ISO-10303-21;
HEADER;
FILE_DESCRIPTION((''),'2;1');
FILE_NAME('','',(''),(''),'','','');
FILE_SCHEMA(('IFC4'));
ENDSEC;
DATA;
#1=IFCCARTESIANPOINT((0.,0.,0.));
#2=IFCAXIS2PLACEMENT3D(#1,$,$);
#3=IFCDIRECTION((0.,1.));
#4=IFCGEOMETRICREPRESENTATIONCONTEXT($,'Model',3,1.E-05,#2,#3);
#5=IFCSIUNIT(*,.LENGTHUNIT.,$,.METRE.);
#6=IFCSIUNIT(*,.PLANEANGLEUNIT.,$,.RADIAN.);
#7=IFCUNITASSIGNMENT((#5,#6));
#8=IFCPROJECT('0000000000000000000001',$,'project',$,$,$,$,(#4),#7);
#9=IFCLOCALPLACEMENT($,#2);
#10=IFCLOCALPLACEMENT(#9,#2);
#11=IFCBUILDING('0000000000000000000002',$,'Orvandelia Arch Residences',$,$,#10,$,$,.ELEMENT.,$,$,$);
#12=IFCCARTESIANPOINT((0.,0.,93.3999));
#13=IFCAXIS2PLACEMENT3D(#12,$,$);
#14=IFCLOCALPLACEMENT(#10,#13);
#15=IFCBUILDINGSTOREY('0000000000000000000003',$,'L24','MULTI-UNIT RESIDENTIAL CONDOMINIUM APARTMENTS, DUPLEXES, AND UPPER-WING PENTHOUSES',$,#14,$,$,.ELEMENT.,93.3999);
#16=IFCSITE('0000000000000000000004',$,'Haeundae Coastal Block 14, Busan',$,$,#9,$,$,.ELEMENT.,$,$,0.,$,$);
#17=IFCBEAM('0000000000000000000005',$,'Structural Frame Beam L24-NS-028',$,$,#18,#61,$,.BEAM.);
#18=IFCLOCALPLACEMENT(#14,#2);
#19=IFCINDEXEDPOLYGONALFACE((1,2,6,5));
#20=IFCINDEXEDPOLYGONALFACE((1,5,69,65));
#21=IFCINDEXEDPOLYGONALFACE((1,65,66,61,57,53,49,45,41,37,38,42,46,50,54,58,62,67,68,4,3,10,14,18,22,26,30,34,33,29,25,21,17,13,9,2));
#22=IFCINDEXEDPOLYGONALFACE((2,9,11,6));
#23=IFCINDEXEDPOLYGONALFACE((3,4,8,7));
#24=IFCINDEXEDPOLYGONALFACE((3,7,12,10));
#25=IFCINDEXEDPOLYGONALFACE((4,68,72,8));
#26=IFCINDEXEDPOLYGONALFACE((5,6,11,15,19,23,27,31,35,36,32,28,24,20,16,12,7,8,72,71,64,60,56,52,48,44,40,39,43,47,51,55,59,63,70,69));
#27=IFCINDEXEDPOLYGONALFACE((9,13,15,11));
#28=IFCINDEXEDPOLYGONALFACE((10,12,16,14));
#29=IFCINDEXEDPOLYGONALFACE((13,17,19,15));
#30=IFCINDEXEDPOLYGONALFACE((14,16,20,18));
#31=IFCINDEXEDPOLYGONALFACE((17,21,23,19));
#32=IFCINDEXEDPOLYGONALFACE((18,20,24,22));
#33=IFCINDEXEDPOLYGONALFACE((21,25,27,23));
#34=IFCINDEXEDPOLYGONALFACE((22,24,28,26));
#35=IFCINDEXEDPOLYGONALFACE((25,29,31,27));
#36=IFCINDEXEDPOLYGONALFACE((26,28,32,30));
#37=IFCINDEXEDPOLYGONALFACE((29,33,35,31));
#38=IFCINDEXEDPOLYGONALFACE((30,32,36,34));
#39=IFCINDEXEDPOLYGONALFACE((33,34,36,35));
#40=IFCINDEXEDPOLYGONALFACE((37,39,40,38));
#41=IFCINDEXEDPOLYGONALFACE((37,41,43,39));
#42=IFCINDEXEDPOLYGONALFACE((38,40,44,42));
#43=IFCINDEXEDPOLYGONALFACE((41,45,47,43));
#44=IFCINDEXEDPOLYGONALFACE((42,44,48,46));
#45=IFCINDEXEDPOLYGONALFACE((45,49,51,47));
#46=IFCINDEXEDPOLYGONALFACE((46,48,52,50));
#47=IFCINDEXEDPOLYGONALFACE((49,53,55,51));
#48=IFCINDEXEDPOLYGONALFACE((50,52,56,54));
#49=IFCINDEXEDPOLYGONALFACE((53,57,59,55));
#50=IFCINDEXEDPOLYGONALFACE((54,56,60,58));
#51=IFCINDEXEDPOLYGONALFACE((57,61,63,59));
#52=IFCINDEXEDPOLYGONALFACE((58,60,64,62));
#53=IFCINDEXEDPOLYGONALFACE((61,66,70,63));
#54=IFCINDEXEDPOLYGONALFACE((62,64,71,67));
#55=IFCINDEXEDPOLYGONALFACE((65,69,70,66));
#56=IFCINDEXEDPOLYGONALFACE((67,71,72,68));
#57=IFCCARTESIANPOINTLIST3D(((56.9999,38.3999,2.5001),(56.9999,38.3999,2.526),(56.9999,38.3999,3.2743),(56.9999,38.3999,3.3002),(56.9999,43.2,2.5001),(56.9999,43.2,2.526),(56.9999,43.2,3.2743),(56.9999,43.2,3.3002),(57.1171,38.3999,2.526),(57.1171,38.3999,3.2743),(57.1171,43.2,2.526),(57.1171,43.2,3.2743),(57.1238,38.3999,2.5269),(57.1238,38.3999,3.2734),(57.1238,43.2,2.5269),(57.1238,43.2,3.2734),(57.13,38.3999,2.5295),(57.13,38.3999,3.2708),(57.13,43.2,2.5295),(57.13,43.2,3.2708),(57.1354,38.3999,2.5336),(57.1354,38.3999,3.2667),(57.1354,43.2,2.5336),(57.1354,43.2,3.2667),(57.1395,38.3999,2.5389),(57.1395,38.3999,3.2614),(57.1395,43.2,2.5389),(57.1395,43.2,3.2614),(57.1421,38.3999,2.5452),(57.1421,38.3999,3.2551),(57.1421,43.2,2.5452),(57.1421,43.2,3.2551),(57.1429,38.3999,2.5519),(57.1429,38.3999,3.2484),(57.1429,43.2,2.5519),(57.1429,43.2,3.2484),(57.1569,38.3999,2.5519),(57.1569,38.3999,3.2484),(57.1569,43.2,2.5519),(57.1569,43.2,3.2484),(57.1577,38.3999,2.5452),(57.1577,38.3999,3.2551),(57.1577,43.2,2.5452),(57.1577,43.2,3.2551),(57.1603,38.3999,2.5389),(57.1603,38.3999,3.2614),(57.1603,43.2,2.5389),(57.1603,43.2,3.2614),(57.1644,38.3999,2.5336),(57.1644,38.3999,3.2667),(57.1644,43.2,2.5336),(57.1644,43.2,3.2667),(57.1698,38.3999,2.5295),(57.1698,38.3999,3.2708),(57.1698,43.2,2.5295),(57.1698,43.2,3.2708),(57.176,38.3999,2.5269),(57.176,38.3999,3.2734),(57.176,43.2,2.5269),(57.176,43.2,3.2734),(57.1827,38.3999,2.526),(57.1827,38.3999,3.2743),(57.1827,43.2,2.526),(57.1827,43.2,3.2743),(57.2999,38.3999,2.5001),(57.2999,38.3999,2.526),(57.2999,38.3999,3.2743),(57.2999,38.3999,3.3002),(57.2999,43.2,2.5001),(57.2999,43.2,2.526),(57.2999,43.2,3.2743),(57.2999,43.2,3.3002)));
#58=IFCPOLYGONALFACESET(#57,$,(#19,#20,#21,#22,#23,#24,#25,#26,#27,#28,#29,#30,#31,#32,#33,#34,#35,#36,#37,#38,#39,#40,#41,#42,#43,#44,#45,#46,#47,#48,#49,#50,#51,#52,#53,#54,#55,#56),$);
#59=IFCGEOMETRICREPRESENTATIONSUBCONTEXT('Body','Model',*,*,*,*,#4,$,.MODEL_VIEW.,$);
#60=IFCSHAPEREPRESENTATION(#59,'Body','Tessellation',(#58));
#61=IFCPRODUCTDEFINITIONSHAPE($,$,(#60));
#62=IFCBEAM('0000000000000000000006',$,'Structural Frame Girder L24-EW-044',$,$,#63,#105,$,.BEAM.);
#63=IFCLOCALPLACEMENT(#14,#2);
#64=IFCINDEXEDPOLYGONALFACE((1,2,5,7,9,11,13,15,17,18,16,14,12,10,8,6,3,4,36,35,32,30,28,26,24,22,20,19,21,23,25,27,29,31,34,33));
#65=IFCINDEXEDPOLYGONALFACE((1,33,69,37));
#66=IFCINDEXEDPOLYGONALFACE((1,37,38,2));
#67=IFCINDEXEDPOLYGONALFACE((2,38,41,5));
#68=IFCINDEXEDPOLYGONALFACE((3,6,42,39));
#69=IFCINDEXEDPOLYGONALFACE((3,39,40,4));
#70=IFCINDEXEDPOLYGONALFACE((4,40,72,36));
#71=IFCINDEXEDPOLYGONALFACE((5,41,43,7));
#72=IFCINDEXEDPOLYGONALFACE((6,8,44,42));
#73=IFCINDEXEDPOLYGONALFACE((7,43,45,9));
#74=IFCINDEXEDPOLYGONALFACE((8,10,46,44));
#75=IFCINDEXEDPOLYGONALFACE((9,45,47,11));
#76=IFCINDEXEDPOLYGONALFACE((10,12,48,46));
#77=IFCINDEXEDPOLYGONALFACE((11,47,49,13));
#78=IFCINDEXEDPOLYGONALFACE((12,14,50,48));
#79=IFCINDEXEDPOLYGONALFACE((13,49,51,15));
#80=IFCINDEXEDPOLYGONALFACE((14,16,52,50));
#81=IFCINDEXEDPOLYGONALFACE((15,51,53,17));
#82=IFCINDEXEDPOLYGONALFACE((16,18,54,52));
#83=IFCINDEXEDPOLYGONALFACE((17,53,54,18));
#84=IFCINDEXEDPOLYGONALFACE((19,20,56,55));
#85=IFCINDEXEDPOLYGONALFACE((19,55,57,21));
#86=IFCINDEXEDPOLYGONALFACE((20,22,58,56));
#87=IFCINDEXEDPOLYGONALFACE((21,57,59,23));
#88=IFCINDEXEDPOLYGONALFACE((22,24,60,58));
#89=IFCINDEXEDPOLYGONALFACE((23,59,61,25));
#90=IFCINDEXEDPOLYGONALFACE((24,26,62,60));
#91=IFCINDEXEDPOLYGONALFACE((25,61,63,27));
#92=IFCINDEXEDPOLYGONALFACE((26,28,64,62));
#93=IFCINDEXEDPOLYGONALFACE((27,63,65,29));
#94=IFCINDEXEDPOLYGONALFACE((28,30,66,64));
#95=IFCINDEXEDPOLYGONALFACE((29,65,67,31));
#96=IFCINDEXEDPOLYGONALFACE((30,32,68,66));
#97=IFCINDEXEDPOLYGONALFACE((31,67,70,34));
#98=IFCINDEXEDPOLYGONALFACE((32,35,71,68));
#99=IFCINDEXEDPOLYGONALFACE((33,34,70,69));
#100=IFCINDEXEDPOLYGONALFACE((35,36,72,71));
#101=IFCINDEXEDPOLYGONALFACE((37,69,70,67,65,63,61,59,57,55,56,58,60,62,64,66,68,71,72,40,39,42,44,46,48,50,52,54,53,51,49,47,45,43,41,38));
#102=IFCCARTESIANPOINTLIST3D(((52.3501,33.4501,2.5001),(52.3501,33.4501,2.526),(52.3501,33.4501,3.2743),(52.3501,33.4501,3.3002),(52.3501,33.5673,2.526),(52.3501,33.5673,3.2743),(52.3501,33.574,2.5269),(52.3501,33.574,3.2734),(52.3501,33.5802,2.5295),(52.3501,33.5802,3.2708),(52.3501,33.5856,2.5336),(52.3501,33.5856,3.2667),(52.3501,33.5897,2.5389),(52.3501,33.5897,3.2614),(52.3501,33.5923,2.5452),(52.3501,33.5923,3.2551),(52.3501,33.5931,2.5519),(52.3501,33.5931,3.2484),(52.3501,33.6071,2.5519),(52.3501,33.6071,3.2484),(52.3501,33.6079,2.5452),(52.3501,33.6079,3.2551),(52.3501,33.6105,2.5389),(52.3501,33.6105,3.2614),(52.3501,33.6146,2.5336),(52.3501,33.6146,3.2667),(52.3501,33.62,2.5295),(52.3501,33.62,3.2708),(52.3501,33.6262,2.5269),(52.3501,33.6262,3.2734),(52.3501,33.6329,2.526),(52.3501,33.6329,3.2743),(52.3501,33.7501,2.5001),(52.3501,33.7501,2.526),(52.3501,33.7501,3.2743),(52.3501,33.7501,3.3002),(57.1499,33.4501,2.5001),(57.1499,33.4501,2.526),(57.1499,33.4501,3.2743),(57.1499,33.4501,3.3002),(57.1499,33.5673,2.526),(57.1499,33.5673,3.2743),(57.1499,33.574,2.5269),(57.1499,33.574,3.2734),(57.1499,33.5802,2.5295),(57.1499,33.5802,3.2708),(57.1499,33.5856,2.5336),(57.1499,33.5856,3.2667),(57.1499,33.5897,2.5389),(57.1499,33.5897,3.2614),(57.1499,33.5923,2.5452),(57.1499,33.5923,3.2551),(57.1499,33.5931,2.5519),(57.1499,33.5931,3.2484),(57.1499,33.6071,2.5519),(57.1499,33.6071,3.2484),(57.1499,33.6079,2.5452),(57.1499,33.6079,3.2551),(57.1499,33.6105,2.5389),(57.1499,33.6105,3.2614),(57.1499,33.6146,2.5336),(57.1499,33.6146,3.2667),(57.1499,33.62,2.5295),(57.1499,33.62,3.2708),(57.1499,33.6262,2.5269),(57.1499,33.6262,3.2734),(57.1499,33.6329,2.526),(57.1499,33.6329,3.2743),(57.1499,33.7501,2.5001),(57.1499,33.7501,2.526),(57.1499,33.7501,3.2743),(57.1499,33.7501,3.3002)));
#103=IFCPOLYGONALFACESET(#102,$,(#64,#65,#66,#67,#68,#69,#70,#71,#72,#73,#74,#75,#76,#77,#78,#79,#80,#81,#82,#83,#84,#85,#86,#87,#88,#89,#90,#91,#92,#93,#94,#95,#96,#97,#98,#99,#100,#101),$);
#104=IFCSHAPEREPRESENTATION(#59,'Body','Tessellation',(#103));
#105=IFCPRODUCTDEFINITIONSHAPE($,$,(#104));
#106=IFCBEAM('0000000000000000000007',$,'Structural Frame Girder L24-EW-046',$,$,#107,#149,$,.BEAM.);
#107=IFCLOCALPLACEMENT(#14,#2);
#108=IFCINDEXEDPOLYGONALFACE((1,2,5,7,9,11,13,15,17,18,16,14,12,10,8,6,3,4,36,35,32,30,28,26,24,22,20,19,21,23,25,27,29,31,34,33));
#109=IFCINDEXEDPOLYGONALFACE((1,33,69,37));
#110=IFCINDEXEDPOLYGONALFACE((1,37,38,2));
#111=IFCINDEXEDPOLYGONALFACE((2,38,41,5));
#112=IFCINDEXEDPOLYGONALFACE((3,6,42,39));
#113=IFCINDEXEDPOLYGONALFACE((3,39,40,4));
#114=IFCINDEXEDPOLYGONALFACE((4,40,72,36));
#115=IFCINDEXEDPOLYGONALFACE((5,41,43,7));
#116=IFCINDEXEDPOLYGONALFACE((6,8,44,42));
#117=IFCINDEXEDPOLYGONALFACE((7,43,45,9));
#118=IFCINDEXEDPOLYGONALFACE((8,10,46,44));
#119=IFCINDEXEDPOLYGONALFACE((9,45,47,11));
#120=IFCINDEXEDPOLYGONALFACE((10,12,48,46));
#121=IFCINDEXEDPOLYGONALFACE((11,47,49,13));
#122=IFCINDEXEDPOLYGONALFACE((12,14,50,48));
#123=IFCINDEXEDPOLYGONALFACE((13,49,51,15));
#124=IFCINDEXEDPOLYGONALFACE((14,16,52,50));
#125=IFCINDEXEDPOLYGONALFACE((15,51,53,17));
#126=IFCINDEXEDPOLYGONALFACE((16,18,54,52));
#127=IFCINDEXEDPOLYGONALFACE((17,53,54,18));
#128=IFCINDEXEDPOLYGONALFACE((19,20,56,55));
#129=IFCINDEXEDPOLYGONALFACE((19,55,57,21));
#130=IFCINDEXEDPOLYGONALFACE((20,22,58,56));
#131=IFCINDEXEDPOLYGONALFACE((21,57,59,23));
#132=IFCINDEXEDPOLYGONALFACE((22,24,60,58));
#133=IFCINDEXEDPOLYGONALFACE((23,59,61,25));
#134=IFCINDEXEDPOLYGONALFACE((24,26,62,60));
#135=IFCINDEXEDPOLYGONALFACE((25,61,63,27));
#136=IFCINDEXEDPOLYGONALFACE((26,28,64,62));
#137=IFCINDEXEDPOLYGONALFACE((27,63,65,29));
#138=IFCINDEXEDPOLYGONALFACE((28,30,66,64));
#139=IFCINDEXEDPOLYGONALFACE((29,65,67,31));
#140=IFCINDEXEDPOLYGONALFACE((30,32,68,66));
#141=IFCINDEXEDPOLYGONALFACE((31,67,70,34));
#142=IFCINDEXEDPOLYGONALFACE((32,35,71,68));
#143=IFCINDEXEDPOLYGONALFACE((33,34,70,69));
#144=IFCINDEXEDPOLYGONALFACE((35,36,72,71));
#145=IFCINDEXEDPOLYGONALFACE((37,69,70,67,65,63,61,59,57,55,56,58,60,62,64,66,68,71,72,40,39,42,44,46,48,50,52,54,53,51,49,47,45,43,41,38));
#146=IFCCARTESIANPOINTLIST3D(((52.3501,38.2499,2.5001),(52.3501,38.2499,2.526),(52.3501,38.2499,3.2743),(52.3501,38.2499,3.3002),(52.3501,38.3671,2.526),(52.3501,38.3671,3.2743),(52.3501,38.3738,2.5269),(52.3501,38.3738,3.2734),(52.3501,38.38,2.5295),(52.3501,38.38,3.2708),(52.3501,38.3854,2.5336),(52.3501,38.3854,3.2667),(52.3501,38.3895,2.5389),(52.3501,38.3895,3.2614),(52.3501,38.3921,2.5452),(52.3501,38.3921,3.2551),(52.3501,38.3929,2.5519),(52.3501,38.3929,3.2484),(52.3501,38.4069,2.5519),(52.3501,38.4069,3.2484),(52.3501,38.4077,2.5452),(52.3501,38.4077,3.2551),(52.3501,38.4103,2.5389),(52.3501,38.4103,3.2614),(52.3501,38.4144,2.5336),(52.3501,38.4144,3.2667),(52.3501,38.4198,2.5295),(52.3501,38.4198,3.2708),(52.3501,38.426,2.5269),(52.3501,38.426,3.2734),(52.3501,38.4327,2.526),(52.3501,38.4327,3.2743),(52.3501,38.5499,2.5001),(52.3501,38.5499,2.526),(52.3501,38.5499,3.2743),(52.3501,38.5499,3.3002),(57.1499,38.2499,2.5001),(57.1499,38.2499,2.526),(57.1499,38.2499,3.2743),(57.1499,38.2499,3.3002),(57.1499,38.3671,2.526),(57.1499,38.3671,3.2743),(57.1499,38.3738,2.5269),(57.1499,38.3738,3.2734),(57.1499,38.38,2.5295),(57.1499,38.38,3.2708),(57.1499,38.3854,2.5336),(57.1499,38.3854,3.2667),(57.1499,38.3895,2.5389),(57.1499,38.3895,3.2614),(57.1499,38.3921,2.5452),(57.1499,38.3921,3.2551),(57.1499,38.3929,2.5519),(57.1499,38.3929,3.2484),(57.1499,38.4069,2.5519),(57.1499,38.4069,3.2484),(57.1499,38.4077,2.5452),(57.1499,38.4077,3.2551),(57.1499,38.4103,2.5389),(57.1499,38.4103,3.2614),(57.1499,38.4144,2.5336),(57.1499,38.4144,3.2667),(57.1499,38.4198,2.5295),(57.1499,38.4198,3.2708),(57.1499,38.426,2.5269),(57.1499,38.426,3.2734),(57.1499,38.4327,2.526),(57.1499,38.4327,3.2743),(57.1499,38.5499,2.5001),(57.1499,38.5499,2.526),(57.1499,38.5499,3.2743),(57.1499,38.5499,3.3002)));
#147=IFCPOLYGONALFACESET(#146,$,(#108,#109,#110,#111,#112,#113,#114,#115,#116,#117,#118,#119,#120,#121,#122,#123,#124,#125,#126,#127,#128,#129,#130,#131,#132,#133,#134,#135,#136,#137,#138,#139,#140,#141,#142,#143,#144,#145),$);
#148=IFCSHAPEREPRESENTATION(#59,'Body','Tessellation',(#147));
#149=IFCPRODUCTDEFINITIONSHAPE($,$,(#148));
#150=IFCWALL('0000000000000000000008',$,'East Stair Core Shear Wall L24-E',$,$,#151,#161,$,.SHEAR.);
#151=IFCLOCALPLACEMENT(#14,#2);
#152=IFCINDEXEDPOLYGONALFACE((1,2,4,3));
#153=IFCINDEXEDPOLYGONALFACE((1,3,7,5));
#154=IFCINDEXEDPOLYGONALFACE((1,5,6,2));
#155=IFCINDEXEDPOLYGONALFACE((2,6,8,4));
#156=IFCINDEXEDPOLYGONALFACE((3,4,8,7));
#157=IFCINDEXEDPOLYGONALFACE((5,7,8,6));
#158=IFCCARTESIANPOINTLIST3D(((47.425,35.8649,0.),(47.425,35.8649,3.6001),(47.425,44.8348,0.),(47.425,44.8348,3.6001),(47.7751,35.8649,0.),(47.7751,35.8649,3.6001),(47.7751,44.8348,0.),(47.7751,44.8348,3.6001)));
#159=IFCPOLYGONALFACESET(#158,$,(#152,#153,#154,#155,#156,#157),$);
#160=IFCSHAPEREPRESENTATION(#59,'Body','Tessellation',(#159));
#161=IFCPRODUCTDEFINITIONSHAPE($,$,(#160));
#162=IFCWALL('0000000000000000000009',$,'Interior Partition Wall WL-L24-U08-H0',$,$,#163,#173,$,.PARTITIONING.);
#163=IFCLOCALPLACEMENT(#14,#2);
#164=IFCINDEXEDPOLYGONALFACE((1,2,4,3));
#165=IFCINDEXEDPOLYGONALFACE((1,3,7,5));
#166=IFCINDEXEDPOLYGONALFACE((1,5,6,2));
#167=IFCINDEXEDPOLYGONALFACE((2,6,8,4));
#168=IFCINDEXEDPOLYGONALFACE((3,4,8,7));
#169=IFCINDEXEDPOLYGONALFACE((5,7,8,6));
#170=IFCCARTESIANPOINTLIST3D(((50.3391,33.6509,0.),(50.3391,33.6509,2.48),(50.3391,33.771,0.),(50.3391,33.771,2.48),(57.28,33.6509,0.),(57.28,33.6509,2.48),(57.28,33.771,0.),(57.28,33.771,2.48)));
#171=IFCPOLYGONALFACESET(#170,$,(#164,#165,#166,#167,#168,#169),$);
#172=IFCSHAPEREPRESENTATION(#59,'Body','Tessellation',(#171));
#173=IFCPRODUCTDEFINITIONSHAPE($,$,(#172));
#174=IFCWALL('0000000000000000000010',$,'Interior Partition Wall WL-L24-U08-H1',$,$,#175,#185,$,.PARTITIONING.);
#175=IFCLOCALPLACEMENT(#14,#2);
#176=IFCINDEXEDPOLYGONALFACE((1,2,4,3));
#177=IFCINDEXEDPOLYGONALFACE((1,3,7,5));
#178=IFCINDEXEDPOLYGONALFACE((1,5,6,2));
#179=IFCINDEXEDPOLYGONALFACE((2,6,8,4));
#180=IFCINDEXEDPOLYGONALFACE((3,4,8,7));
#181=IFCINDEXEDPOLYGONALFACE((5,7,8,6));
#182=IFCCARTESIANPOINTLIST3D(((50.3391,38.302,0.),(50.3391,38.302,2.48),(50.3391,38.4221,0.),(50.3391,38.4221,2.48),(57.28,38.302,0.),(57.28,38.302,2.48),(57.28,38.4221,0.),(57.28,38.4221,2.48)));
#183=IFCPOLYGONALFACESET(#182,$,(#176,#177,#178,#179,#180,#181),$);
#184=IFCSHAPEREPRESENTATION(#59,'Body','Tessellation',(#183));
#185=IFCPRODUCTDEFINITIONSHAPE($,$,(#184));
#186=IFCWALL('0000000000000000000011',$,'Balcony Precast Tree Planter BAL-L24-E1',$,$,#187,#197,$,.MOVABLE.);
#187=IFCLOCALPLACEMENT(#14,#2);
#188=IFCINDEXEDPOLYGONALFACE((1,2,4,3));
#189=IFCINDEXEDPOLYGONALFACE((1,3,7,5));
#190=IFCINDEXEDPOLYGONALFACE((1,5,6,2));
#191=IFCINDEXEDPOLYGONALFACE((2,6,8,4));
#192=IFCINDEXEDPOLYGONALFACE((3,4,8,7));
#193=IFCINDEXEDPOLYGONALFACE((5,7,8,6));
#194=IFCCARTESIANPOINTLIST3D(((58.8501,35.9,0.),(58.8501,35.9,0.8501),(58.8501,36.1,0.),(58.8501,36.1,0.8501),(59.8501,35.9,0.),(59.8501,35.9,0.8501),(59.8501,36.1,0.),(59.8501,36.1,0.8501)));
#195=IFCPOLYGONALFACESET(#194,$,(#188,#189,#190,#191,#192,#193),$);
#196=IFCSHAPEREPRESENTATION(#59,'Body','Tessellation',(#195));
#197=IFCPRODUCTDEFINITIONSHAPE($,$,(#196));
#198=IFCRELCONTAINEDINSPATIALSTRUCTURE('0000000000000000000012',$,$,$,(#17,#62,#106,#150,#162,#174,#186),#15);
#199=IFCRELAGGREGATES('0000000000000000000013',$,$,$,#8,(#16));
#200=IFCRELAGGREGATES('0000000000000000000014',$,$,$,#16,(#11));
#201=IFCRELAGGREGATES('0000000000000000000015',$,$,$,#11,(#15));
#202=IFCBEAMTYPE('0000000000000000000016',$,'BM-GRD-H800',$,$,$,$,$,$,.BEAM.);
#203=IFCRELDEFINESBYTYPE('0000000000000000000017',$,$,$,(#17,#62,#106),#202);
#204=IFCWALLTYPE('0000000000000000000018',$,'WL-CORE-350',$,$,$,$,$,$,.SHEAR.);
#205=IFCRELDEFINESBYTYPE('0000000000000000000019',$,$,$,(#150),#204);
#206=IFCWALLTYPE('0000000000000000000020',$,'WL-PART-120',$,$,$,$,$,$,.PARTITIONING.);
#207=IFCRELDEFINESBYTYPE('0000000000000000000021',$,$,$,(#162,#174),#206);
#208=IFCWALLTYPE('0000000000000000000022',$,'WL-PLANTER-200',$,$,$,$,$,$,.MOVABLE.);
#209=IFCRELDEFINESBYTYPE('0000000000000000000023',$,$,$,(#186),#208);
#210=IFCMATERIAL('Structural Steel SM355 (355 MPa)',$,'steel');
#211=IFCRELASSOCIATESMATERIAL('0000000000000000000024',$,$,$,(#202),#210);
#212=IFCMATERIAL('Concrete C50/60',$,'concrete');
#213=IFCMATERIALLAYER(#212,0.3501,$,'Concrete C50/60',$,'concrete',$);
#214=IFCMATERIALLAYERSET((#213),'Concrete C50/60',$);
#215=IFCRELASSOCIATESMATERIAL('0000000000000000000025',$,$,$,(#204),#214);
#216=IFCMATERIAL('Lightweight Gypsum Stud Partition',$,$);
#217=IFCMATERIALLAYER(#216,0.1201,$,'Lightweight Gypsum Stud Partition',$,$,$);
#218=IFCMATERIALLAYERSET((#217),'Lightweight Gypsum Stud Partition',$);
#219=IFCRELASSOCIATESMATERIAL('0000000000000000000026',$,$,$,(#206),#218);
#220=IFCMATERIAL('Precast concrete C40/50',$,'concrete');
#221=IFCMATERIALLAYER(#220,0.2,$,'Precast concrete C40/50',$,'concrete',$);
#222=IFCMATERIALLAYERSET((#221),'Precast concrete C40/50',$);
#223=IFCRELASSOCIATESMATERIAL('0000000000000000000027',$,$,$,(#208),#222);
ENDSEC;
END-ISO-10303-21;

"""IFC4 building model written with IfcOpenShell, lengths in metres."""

from ifc_helpers import new_model, si_unit, direction, frame, frame_2d, origin, origin_2d, place, context, subcontext, project, spatial, rectangle, i_section, extrude, material, layer, layer_set, material_profile, profile_set, type_object, element, save


model = new_model("IFC4")

# Units and contexts
model_context = context("Model", 3, precision=1e-05, world=origin(), true_north=direction((0.0, 1.0)))
body_context = subcontext(model_context, "Body", "Model", "MODEL_VIEW")
ifc_project = project(units=[si_unit("LENGTHUNIT", "METRE"), si_unit("PLANEANGLEUNIT", "RADIAN")], contexts=[model_context])

# Site, building, storey
site_placement = place(None, origin())
site = spatial("IfcSite", under=ifc_project, at=site_placement, Name="Haeundae Coastal Block 14, Busan", CompositionType="ELEMENT", RefElevation=0.0)
building_placement = place(site_placement, origin())
building = spatial("IfcBuilding", under=site, at=building_placement, Name="Orvandelia Arch Residences", CompositionType="ELEMENT")
storey_placement = place(building_placement, frame((0.0, 0.0, 93.3999)))
storey = spatial("IfcBuildingStorey", under=building, at=storey_placement, Name="L24", Description="MULTI-UNIT RESIDENTIAL CONDOMINIUM APARTMENTS, DUPLEXES, AND UPPER-WING PENTHOUSES", CompositionType="ELEMENT", Elevation=93.3999)

# Beams
ifc_material_1 = material(Name="Structural Steel SM355 (355 MPa)", Category="steel")
ifc_material_profile_1 = material_profile(ifc_material_1, i_section(OverallWidth=0.3, OverallDepth=0.8, WebThickness=0.0139, FlangeThickness=0.0259, FilletRadius=0.0259, at=origin_2d()), Name="Structural Steel SM355 (355 MPa)", Category="steel")
ifc_profile_set_1 = profile_set([ifc_material_profile_1], Name="Structural Steel SM355 (355 MPa)")
beam_type = type_object("IfcBeamType", Name="BM-GRD-H800", PredefinedType="BEAM", material=ifc_profile_set_1)
beam_1_placement = place(storey_placement, frame((57.1499, 38.3999, 2.9001), z_axis=(0.0, 1.0, 0.0), x_axis=(-1.0, 0.0, 0.0)))
element("IfcBeam", 1, at=beam_1_placement, inside=storey, type_object=beam_type, Name="Structural Frame Beam L24-NS-028", PredefinedType="BEAM", context=body_context, shape_type="SweptSolid", body=[
    extrude(i_section(OverallWidth=0.3, OverallDepth=0.8, WebThickness=0.0139, FlangeThickness=0.0259, FilletRadius=0.0259, at=origin_2d()), origin(), (0.0, 0.0, 1.0), 4.8),
])
for number, where, z_axis, x_axis, name in (
    (2, (52.3501, 33.6001, 2.9001), (1.0, 0.0, 0.0), (0.0, 1.0, 0.0), "Structural Frame Girder L24-EW-044"),
    (3, (52.3501, 38.3999, 2.9001), (1.0, 0.0, 0.0), (0.0, 1.0, 0.0), "Structural Frame Girder L24-EW-046"),
):
    element("IfcBeam", number, at=place(storey_placement, frame(where, z_axis=z_axis, x_axis=x_axis)), inside=storey, type_object=beam_type, Name=name, PredefinedType="BEAM", context=body_context, shape_type="SweptSolid", body=[
        extrude(i_section(OverallWidth=0.3, OverallDepth=0.8, WebThickness=0.0139, FlangeThickness=0.0259, FilletRadius=0.0259, at=origin_2d()), origin(), (0.0, 0.0, 1.0), 4.7998),
    ])

# Walls
ifc_material_2 = material(Name="Concrete C50/60", Category="concrete")
ifc_layer_1 = layer(ifc_material_2, 0.3501, Name="Concrete C50/60", Category="concrete")
ifc_layer_set_1 = layer_set([ifc_layer_1], Name="Concrete C50/60")
wall_type_1 = type_object("IfcWallType", Name="WL-CORE-350", PredefinedType="SHEAR", material=ifc_layer_set_1)
wall_1_placement = place(storey_placement, frame((47.6001, 35.865, 0.0), z_axis=(0.0, 0.0, 1.0), x_axis=(0.0, 1.0, 0.0)))
element("IfcWall", 4, at=wall_1_placement, inside=storey, type_object=wall_type_1, Name="East Stair Core Shear Wall L24-E", PredefinedType="SHEAR", context=body_context, shape_type="SweptSolid", body=[
    extrude(rectangle(XDim=8.97, YDim=0.3501, at=frame_2d((4.4849, 0.0))), origin(), (0.0, 0.0, 1.0), 3.6001),
])
ifc_material_3 = material(Name="Lightweight Gypsum Stud Partition")
ifc_layer_2 = layer(ifc_material_3, 0.1201, Name="Lightweight Gypsum Stud Partition")
ifc_layer_set_2 = layer_set([ifc_layer_2], Name="Lightweight Gypsum Stud Partition")
wall_type_2 = type_object("IfcWallType", Name="WL-PART-120", PredefinedType="PARTITIONING", material=ifc_layer_set_2)
for number, where, z_axis, x_axis, name in (
    (5, (50.3391, 33.7109, 0.0), (0.0, 0.0, 1.0), (1.0, 0.0, 0.0), "Interior Partition Wall WL-L24-U08-H0"),
    (6, (50.3391, 38.3621, 0.0), (0.0, 0.0, 1.0), (1.0, 0.0, 0.0), "Interior Partition Wall WL-L24-U08-H1"),
):
    element("IfcWall", number, at=place(storey_placement, frame(where, z_axis=z_axis, x_axis=x_axis)), inside=storey, type_object=wall_type_2, Name=name, PredefinedType="PARTITIONING", context=body_context, shape_type="SweptSolid", body=[
        extrude(rectangle(XDim=6.9409, YDim=0.1201, at=frame_2d((3.4705, 0.0))), origin(), (0.0, 0.0, 1.0), 2.48),
    ])
ifc_material_4 = material(Name="Precast concrete C40/50", Category="concrete")
ifc_layer_3 = layer(ifc_material_4, 0.2, Name="Precast concrete C40/50", Category="concrete")
ifc_layer_set_3 = layer_set([ifc_layer_3], Name="Precast concrete C40/50")
wall_type_3 = type_object("IfcWallType", Name="WL-PLANTER-200", PredefinedType="MOVABLE", material=ifc_layer_set_3)
wall_2_placement = place(storey_placement, frame((58.8501, 36.0, 0.0), z_axis=(0.0, 0.0, 1.0), x_axis=(1.0, 0.0, 0.0)))
element("IfcWall", 7, at=wall_2_placement, inside=storey, type_object=wall_type_3, Name="Balcony Precast Tree Planter BAL-L24-E1", PredefinedType="MOVABLE", context=body_context, shape_type="SweptSolid", body=[
    extrude(rectangle(XDim=1.0, YDim=0.2, at=frame_2d((0.5, 0.0))), origin(), (0.0, 0.0, 1.0), 0.8501),
])

save(model, "model.ifc")
